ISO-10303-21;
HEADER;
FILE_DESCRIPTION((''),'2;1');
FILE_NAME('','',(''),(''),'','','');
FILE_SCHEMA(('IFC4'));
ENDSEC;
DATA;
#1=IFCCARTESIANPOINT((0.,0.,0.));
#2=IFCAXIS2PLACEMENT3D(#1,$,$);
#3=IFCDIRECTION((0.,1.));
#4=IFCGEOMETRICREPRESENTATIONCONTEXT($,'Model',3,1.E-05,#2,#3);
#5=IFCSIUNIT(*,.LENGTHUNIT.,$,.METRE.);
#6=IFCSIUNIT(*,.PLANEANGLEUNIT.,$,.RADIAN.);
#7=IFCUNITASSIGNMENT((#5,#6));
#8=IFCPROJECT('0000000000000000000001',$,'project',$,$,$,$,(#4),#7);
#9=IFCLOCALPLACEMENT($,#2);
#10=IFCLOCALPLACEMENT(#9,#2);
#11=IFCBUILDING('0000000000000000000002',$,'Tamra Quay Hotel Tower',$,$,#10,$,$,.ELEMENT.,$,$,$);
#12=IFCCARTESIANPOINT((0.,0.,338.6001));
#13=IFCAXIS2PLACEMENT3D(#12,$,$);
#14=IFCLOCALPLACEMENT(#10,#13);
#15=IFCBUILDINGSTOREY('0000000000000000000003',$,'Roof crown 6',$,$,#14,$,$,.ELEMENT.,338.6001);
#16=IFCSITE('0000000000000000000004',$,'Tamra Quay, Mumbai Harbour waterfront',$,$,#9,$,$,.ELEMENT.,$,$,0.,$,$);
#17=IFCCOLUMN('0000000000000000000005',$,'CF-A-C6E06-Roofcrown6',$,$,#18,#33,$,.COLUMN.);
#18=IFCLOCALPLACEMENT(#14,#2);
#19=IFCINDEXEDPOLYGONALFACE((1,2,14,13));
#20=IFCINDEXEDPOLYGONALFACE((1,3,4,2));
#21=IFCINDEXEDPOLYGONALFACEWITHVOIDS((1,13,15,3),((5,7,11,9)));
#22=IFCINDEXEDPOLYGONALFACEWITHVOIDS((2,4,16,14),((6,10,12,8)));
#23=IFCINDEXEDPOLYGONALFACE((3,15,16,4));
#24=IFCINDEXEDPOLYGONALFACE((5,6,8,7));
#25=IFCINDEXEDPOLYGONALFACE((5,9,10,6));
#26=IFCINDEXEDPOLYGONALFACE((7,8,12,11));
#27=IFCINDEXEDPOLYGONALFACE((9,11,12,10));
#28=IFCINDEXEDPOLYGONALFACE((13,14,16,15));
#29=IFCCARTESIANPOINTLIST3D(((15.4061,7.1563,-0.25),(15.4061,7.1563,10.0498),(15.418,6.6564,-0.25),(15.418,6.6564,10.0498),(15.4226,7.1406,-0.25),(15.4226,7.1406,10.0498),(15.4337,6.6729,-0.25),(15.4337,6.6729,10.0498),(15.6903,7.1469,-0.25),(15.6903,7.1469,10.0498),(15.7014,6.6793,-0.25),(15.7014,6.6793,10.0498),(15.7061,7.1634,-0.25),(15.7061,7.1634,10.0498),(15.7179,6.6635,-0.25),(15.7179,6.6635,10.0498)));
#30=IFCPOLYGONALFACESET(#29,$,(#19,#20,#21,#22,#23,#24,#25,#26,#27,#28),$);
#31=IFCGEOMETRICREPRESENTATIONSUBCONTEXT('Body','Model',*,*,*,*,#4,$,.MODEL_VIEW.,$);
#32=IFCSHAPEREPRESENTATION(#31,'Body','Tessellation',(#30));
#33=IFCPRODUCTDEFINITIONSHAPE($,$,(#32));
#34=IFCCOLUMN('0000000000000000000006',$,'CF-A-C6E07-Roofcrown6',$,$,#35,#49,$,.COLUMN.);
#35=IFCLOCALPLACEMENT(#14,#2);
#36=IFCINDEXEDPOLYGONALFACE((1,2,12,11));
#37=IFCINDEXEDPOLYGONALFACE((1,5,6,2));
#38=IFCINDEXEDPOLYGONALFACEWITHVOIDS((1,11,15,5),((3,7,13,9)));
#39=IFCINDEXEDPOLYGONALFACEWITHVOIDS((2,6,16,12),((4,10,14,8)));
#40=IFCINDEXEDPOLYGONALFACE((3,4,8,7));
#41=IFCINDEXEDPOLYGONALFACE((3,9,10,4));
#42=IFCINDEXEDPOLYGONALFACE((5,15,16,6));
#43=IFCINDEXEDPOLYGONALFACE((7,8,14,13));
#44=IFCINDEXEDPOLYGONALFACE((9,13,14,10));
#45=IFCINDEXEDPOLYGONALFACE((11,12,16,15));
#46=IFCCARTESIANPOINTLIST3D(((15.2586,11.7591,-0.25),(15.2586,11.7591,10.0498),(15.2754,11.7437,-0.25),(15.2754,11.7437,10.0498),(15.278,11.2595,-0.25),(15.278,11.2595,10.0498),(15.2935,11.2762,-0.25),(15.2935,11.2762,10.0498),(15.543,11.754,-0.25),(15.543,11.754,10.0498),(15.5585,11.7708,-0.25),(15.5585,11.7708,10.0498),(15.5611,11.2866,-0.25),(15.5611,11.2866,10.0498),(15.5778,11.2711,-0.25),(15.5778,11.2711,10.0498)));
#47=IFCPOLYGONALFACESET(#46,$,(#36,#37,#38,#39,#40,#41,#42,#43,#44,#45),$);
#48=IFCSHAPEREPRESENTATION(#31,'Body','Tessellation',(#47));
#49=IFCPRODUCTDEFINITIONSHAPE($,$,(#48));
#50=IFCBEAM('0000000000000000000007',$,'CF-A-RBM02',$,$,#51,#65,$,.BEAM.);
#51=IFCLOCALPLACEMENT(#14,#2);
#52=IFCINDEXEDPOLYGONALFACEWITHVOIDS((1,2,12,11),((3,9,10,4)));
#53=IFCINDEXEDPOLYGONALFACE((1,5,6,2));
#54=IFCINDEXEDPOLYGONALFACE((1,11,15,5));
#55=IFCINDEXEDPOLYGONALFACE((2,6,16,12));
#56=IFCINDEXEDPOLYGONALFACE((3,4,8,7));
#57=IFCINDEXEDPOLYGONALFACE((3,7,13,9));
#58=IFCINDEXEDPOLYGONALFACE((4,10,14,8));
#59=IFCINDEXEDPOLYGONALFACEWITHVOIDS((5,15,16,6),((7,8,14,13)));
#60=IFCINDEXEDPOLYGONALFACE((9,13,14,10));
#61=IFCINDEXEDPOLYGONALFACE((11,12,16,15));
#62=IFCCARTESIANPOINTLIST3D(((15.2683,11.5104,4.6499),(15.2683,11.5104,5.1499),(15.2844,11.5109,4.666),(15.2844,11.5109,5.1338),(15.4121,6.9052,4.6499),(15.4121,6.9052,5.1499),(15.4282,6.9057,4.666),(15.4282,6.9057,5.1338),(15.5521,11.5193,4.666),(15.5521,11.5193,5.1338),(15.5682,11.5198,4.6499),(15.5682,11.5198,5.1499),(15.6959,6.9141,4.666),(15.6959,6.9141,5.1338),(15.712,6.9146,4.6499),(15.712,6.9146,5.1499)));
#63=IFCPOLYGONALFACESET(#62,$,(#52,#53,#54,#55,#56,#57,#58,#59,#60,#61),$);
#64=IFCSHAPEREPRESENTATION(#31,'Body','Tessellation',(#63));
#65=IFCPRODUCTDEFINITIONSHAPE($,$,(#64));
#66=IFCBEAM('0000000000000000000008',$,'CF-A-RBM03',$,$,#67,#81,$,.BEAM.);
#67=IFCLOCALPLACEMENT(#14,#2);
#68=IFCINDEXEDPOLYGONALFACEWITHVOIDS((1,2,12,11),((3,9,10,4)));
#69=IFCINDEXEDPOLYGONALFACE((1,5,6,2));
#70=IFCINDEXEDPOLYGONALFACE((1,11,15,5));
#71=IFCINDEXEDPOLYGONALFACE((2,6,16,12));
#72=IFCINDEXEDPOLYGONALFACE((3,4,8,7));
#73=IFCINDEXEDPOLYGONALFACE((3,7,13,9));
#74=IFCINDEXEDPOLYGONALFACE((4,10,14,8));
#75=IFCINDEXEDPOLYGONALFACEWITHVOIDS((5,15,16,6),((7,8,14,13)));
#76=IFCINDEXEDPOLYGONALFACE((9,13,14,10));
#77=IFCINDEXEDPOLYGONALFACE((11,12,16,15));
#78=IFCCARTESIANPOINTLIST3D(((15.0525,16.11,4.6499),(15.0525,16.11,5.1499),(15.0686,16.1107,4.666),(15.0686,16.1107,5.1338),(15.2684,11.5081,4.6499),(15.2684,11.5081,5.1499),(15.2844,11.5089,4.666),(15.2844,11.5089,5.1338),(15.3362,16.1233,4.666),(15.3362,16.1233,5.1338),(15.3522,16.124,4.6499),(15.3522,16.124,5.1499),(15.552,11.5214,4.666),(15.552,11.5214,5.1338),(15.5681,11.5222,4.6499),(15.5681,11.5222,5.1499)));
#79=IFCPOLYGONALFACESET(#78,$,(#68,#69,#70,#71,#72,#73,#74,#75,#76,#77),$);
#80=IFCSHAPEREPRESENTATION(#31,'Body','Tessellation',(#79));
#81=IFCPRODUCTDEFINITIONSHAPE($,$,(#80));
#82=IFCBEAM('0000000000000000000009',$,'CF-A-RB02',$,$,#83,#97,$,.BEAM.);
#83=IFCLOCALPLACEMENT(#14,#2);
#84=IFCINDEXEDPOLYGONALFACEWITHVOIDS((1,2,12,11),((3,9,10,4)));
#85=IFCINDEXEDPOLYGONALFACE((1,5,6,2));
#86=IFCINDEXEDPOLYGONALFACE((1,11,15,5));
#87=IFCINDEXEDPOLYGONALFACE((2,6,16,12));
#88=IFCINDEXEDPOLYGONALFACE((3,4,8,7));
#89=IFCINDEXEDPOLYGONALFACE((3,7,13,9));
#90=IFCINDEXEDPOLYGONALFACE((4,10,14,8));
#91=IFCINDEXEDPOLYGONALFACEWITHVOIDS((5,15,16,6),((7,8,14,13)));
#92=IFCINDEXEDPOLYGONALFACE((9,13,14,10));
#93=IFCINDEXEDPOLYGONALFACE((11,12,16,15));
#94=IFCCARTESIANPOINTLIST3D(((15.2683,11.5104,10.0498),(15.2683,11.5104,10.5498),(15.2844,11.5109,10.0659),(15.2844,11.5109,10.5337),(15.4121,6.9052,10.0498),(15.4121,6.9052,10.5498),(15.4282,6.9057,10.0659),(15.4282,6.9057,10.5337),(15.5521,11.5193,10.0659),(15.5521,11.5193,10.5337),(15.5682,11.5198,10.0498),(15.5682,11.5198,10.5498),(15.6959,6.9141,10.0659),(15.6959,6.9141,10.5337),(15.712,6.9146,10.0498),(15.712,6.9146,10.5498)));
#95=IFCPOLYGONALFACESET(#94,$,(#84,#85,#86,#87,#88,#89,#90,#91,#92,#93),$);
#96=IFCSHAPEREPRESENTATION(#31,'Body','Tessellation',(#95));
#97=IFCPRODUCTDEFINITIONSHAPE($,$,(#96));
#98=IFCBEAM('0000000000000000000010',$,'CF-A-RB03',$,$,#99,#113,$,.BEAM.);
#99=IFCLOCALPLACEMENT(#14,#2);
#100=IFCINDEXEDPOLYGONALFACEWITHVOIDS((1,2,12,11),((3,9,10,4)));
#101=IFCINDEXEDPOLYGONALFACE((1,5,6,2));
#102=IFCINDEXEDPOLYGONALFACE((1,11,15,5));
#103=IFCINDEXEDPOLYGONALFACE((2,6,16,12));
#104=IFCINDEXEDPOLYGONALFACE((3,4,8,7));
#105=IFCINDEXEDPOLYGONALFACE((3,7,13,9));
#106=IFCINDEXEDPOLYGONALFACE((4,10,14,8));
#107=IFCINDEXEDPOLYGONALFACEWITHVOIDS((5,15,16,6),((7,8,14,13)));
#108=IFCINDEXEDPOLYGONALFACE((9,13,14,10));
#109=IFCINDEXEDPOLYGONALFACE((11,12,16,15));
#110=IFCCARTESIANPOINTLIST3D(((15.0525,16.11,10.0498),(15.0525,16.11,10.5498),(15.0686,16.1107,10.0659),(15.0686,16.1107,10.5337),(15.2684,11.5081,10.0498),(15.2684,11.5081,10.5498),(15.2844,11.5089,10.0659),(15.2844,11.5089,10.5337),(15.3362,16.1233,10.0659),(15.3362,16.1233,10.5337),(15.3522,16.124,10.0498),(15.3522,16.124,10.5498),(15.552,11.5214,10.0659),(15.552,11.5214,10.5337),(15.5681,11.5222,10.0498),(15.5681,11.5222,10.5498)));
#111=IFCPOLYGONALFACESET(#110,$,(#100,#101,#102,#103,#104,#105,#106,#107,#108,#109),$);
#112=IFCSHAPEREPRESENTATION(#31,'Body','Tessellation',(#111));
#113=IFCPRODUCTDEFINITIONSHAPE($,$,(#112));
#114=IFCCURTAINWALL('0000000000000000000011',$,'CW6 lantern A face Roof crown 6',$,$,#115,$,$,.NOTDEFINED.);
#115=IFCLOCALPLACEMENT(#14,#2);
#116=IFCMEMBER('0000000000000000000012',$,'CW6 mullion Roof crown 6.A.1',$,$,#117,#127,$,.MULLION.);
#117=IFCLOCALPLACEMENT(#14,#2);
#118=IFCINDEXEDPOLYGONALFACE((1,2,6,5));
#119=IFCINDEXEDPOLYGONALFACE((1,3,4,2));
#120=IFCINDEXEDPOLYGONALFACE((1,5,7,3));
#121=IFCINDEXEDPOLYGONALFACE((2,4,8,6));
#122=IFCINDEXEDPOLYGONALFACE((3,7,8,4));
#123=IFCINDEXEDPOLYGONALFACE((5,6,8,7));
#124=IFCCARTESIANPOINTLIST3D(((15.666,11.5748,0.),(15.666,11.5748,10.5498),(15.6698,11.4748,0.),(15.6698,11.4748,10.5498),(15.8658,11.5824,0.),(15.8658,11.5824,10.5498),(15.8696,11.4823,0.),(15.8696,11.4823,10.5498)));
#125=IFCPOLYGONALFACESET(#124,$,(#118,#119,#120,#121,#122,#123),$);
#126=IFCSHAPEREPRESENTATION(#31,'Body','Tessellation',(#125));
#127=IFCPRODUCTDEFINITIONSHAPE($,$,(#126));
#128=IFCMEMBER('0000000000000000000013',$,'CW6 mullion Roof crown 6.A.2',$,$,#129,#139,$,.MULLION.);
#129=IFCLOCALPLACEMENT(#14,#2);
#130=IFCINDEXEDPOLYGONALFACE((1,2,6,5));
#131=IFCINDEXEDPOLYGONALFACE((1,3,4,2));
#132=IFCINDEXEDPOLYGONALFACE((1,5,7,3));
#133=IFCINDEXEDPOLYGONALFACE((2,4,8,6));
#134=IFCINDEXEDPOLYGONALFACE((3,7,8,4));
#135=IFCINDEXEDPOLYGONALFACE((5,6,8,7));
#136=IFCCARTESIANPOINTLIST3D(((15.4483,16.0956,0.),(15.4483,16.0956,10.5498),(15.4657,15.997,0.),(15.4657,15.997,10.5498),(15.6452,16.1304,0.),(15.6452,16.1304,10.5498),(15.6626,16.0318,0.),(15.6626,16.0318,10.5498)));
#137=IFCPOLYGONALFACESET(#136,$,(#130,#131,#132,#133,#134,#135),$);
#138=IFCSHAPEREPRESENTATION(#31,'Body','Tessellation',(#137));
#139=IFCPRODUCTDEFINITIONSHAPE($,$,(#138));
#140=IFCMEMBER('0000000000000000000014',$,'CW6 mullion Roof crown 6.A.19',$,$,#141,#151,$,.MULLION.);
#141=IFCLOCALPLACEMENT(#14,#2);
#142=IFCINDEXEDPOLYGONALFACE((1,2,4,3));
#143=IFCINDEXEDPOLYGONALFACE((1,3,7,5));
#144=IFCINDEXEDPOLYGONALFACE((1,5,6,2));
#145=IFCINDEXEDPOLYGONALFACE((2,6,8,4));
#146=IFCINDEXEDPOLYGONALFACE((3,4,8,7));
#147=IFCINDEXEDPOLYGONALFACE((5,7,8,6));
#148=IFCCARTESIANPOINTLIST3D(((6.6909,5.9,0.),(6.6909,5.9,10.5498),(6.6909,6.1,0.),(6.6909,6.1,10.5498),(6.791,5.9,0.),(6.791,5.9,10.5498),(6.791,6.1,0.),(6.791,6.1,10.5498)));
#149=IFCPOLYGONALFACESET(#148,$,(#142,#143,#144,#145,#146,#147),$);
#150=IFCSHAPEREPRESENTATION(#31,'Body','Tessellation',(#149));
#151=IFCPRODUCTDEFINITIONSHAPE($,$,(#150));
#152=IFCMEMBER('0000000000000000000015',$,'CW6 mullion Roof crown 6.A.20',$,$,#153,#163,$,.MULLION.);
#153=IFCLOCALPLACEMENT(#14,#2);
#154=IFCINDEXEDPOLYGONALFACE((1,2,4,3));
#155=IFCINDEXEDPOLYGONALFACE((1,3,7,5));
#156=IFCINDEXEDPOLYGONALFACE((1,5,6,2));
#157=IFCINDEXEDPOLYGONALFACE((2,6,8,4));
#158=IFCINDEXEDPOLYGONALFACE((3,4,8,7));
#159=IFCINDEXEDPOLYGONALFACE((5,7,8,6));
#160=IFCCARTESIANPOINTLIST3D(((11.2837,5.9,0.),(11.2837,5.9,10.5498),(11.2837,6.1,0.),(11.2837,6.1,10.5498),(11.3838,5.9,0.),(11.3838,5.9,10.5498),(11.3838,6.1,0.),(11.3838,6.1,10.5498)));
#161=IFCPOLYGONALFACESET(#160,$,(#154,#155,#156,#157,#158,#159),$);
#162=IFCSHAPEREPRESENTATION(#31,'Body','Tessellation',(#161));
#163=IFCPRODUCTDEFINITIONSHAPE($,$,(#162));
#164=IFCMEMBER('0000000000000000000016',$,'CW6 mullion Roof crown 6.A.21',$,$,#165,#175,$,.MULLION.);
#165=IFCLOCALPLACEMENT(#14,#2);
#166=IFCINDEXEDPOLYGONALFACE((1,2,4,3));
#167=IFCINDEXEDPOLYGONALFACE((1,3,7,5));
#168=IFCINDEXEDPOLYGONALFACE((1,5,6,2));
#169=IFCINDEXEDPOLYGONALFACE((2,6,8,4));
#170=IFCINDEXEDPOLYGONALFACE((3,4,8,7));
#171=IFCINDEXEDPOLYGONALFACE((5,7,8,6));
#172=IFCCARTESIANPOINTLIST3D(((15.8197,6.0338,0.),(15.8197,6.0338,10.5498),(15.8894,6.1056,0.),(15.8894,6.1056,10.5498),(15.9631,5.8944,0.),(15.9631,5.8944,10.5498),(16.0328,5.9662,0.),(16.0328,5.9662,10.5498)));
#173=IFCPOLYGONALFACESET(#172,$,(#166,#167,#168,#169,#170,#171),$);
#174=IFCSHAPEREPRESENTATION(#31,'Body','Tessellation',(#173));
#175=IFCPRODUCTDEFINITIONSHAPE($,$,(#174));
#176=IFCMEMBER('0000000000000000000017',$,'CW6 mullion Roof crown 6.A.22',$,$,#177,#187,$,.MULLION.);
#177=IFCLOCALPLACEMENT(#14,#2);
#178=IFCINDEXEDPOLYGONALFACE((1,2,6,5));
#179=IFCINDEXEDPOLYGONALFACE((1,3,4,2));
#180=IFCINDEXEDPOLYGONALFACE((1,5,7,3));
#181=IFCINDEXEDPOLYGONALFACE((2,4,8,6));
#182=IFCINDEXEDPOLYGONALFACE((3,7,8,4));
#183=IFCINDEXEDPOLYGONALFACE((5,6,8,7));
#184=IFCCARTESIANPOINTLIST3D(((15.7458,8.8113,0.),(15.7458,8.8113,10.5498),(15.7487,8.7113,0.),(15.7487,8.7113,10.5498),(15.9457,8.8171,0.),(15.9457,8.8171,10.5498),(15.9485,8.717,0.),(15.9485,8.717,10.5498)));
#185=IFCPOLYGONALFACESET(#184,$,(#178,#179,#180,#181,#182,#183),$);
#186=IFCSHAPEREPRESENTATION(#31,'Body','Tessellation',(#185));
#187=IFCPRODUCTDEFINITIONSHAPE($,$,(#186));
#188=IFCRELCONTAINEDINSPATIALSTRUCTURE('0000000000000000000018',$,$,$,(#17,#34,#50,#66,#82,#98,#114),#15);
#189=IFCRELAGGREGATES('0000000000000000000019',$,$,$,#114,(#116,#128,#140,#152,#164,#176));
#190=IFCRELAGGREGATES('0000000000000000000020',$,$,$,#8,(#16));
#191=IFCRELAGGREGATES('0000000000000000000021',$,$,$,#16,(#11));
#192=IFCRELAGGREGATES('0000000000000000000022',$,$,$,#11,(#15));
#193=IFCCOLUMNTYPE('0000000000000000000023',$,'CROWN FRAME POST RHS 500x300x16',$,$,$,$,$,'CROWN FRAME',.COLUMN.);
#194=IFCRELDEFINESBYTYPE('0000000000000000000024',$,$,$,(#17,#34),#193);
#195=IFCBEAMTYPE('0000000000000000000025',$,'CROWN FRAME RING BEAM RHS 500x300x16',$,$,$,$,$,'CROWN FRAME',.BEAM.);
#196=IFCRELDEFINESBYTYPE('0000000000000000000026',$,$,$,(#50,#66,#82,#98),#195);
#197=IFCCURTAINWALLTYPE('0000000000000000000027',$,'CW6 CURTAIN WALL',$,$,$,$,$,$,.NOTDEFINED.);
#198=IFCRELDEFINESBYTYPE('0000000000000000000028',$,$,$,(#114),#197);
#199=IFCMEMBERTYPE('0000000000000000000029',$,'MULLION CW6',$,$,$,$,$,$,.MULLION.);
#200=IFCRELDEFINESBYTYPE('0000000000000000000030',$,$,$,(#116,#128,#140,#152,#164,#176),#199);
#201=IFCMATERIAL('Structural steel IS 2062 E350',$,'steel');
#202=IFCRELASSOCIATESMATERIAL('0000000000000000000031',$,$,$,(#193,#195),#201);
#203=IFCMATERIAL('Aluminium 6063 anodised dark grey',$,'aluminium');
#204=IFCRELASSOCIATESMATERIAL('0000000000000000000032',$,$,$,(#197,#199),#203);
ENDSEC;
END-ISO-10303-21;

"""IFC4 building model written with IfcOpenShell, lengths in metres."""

from ifc_helpers import new_model, si_unit, direction, frame, origin, origin_2d, place, context, subcontext, project, spatial, rectangle, hollow_rectangle, extrude, material, material_profile, profile_set, type_object, element, aggregate, save


model = new_model("IFC4")

# Units and contexts
model_context = context("Model", 3, precision=1e-05, world=origin(), true_north=direction((0.0, 1.0)))
body_context = subcontext(model_context, "Body", "Model", "MODEL_VIEW")
ifc_project = project(units=[si_unit("LENGTHUNIT", "METRE"), si_unit("PLANEANGLEUNIT", "RADIAN")], contexts=[model_context])

# Site, building, storey
site_placement = place(None, origin())
site = spatial("IfcSite", under=ifc_project, at=site_placement, Name="Tamra Quay, Mumbai Harbour waterfront", CompositionType="ELEMENT", RefElevation=0.0)
building_placement = place(site_placement, origin())
building = spatial("IfcBuilding", under=site, at=building_placement, Name="Tamra Quay Hotel Tower", CompositionType="ELEMENT")
storey_placement = place(building_placement, frame((0.0, 0.0, 338.6001)))
storey = spatial("IfcBuildingStorey", under=building, at=storey_placement, Name="Roof crown 6", CompositionType="ELEMENT", Elevation=338.6001)

# Columns
ifc_material_1 = material(Name="Structural steel IS 2062 E350", Category="steel")
ifc_material_profile_1 = material_profile(ifc_material_1, hollow_rectangle(XDim=0.3, YDim=0.5, WallThickness=0.0161, at=origin_2d()), Name="RHS 500x300x16")
ifc_profile_set_1 = profile_set([ifc_material_profile_1], Name="Structural steel IS 2062 E350")
column_type = type_object("IfcColumnType", Name="CROWN FRAME POST RHS 500x300x16", ElementType="CROWN FRAME", PredefinedType="COLUMN", material=ifc_profile_set_1)
for number, where, z_axis, x_axis, name in (
    (1, (15.562, 6.9099, -0.25), (0.0, 0.0, 1.0), (0.999718, 0.023753, 0.0), "CF-A-C6E06-Roofcrown6"),
    (2, (15.4182, 11.5151, -0.25), (0.0, 0.0, 1.0), (0.999251, 0.038691, 0.0), "CF-A-C6E07-Roofcrown6"),
):
    element("IfcColumn", number, at=place(storey_placement, frame(where, z_axis=z_axis, x_axis=x_axis)), inside=storey, type_object=column_type, Name=name, PredefinedType="COLUMN", context=body_context, shape_type="SweptSolid", body=[
        extrude(hollow_rectangle(XDim=0.3, YDim=0.5, WallThickness=0.0161, at=origin_2d()), origin(), (0.0, 0.0, 1.0), 10.2998),
    ])

# Beams
ifc_material_profile_2 = material_profile(ifc_material_1, hollow_rectangle(XDim=0.3, YDim=0.5, WallThickness=0.0161, at=origin_2d()), Name="RHS 500x300x16")
ifc_profile_set_2 = profile_set([ifc_material_profile_2], Name="Structural steel IS 2062 E350")
beam_type = type_object("IfcBeamType", Name="CROWN FRAME RING BEAM RHS 500x300x16", ElementType="CROWN FRAME", PredefinedType="BEAM", material=ifc_profile_set_2)
beam_1_placement = place(storey_placement, frame((15.562, 6.9099, 4.8999), z_axis=(-0.03121, 0.999513, 0.0), x_axis=(-0.999513, -0.03121, 0.0)))
element("IfcBeam", 3, at=beam_1_placement, inside=storey, type_object=beam_type, Name="CF-A-RBM02", PredefinedType="BEAM", context=body_context, shape_type="SweptSolid", body=[
    extrude(hollow_rectangle(XDim=0.3, YDim=0.5, WallThickness=0.0161, at=origin_2d()), origin(), (0.0, 0.0, 1.0), 4.6074),
])
beam_2_placement = place(storey_placement, frame((15.4182, 11.5151, 4.8999), z_axis=(-0.046848, 0.998902, 0.0), x_axis=(-0.998902, -0.046848, 0.0)))
element("IfcBeam", 4, at=beam_2_placement, inside=storey, type_object=beam_type, Name="CF-A-RBM03", PredefinedType="BEAM", context=body_context, shape_type="SweptSolid", body=[
    extrude(hollow_rectangle(XDim=0.3, YDim=0.5, WallThickness=0.0161, at=origin_2d()), origin(), (0.0, 0.0, 1.0), 4.6069),
])
beam_3_placement = place(storey_placement, frame((15.562, 6.9099, 10.2998), z_axis=(-0.03121, 0.999513, 0.0), x_axis=(-0.999513, -0.03121, 0.0)))
element("IfcBeam", 5, at=beam_3_placement, inside=storey, type_object=beam_type, Name="CF-A-RB02", PredefinedType="BEAM", context=body_context, shape_type="SweptSolid", body=[
    extrude(hollow_rectangle(XDim=0.3, YDim=0.5, WallThickness=0.0161, at=origin_2d()), origin(), (0.0, 0.0, 1.0), 4.6074),
])
beam_4_placement = place(storey_placement, frame((15.4182, 11.5151, 10.2998), z_axis=(-0.046848, 0.998902, 0.0), x_axis=(-0.998902, -0.046848, 0.0)))
element("IfcBeam", 6, at=beam_4_placement, inside=storey, type_object=beam_type, Name="CF-A-RB03", PredefinedType="BEAM", context=body_context, shape_type="SweptSolid", body=[
    extrude(hollow_rectangle(XDim=0.3, YDim=0.5, WallThickness=0.0161, at=origin_2d()), origin(), (0.0, 0.0, 1.0), 4.6069),
])

# Curtain wall, members
ifc_material_2 = material(Name="Aluminium 6063 anodised dark grey", Category="aluminium")
curtain_wall_type = type_object("IfcCurtainWallType", Name="CW6 CURTAIN WALL", PredefinedType="NOTDEFINED", material=ifc_material_2)
curtain_wall_placement = place(storey_placement, origin())
curtain_wall = element("IfcCurtainWall", 7, at=curtain_wall_placement, inside=storey, type_object=curtain_wall_type, Name="CW6 lantern A face Roof crown 6", PredefinedType="NOTDEFINED")
ifc_material_profile_3 = material_profile(ifc_material_2, rectangle(XDim=0.2, YDim=0.1001, at=origin_2d()), Name="MULLION 100X200")
ifc_profile_set_3 = profile_set([ifc_material_profile_3], Name="Aluminium 6063 anodised dark grey")
member_type_1 = type_object("IfcMemberType", Name="MULLION CW6", PredefinedType="MULLION", material=ifc_profile_set_3)
member_1_placement = place(storey_placement, frame((15.7678, 11.5286, 0.0), z_axis=(0.0, 0.0, 1.0), x_axis=(0.999288, 0.037737, 0.0)))
member_1 = element("IfcMember", 8, at=member_1_placement, type_object=member_type_1, Name="CW6 mullion Roof crown 6.A.1", PredefinedType="MULLION", context=body_context, shape_type="SweptSolid", body=[
    extrude(rectangle(XDim=0.2, YDim=0.1001, at=origin_2d()), origin(), (0.0, 0.0, 1.0), 10.5498),
])
member_2_placement = place(storey_placement, frame((15.5554, 16.0637, 0.0), z_axis=(0.0, 0.0, 1.0), x_axis=(0.98474, 0.174032, 0.0)))
member_2 = element("IfcMember", 9, at=member_2_placement, type_object=member_type_1, Name="CW6 mullion Roof crown 6.A.2", PredefinedType="MULLION", context=body_context, shape_type="SweptSolid", body=[
    extrude(rectangle(XDim=0.2, YDim=0.1001, at=origin_2d()), origin(), (0.0, 0.0, 1.0), 10.5498),
])
member_3_placement = place(storey_placement, frame((6.741, 6.0, 0.0), z_axis=(0.0, 0.0, 1.0), x_axis=(0.0, -1.0, 0.0)))
member_3 = element("IfcMember", 10, at=member_3_placement, type_object=member_type_1, Name="CW6 mullion Roof crown 6.A.19", PredefinedType="MULLION", context=body_context, shape_type="SweptSolid", body=[
    extrude(rectangle(XDim=0.2, YDim=0.1001, at=origin_2d()), origin(), (0.0, 0.0, 1.0), 10.5498),
])
member_4_placement = place(storey_placement, frame((11.3337, 6.0, 0.0), z_axis=(0.0, 0.0, 1.0), x_axis=(0.0, -1.0, 0.0)))
member_4 = element("IfcMember", 11, at=member_4_placement, type_object=member_type_1, Name="CW6 mullion Roof crown 6.A.20", PredefinedType="MULLION", context=body_context, shape_type="SweptSolid", body=[
    extrude(rectangle(XDim=0.2, YDim=0.1001, at=origin_2d()), origin(), (0.0, 0.0, 1.0), 10.5498),
])
member_5_placement = place(storey_placement, frame((15.9263, 6.0, 0.0), z_axis=(0.0, 0.0, 1.0), x_axis=(0.717164, -0.696904, 0.0)))
member_5 = element("IfcMember", 12, at=member_5_placement, type_object=member_type_1, Name="CW6 mullion Roof crown 6.A.21", PredefinedType="MULLION", context=body_context, shape_type="SweptSolid", body=[
    extrude(rectangle(XDim=0.2, YDim=0.1001, at=origin_2d()), origin(), (0.0, 0.0, 1.0), 10.5498),
])
member_6_placement = place(storey_placement, frame((15.8472, 8.7642, 0.0), z_axis=(0.0, 0.0, 1.0), x_axis=(0.99959, 0.02865, 0.0)))
member_6 = element("IfcMember", 13, at=member_6_placement, type_object=member_type_1, Name="CW6 mullion Roof crown 6.A.22", PredefinedType="MULLION", context=body_context, shape_type="SweptSolid", body=[
    extrude(rectangle(XDim=0.2, YDim=0.1001, at=origin_2d()), origin(), (0.0, 0.0, 1.0), 10.5498),
])
aggregate(curtain_wall, [member_1, member_2, member_3, member_4, member_5, member_6])

save(model, "model.ifc")
